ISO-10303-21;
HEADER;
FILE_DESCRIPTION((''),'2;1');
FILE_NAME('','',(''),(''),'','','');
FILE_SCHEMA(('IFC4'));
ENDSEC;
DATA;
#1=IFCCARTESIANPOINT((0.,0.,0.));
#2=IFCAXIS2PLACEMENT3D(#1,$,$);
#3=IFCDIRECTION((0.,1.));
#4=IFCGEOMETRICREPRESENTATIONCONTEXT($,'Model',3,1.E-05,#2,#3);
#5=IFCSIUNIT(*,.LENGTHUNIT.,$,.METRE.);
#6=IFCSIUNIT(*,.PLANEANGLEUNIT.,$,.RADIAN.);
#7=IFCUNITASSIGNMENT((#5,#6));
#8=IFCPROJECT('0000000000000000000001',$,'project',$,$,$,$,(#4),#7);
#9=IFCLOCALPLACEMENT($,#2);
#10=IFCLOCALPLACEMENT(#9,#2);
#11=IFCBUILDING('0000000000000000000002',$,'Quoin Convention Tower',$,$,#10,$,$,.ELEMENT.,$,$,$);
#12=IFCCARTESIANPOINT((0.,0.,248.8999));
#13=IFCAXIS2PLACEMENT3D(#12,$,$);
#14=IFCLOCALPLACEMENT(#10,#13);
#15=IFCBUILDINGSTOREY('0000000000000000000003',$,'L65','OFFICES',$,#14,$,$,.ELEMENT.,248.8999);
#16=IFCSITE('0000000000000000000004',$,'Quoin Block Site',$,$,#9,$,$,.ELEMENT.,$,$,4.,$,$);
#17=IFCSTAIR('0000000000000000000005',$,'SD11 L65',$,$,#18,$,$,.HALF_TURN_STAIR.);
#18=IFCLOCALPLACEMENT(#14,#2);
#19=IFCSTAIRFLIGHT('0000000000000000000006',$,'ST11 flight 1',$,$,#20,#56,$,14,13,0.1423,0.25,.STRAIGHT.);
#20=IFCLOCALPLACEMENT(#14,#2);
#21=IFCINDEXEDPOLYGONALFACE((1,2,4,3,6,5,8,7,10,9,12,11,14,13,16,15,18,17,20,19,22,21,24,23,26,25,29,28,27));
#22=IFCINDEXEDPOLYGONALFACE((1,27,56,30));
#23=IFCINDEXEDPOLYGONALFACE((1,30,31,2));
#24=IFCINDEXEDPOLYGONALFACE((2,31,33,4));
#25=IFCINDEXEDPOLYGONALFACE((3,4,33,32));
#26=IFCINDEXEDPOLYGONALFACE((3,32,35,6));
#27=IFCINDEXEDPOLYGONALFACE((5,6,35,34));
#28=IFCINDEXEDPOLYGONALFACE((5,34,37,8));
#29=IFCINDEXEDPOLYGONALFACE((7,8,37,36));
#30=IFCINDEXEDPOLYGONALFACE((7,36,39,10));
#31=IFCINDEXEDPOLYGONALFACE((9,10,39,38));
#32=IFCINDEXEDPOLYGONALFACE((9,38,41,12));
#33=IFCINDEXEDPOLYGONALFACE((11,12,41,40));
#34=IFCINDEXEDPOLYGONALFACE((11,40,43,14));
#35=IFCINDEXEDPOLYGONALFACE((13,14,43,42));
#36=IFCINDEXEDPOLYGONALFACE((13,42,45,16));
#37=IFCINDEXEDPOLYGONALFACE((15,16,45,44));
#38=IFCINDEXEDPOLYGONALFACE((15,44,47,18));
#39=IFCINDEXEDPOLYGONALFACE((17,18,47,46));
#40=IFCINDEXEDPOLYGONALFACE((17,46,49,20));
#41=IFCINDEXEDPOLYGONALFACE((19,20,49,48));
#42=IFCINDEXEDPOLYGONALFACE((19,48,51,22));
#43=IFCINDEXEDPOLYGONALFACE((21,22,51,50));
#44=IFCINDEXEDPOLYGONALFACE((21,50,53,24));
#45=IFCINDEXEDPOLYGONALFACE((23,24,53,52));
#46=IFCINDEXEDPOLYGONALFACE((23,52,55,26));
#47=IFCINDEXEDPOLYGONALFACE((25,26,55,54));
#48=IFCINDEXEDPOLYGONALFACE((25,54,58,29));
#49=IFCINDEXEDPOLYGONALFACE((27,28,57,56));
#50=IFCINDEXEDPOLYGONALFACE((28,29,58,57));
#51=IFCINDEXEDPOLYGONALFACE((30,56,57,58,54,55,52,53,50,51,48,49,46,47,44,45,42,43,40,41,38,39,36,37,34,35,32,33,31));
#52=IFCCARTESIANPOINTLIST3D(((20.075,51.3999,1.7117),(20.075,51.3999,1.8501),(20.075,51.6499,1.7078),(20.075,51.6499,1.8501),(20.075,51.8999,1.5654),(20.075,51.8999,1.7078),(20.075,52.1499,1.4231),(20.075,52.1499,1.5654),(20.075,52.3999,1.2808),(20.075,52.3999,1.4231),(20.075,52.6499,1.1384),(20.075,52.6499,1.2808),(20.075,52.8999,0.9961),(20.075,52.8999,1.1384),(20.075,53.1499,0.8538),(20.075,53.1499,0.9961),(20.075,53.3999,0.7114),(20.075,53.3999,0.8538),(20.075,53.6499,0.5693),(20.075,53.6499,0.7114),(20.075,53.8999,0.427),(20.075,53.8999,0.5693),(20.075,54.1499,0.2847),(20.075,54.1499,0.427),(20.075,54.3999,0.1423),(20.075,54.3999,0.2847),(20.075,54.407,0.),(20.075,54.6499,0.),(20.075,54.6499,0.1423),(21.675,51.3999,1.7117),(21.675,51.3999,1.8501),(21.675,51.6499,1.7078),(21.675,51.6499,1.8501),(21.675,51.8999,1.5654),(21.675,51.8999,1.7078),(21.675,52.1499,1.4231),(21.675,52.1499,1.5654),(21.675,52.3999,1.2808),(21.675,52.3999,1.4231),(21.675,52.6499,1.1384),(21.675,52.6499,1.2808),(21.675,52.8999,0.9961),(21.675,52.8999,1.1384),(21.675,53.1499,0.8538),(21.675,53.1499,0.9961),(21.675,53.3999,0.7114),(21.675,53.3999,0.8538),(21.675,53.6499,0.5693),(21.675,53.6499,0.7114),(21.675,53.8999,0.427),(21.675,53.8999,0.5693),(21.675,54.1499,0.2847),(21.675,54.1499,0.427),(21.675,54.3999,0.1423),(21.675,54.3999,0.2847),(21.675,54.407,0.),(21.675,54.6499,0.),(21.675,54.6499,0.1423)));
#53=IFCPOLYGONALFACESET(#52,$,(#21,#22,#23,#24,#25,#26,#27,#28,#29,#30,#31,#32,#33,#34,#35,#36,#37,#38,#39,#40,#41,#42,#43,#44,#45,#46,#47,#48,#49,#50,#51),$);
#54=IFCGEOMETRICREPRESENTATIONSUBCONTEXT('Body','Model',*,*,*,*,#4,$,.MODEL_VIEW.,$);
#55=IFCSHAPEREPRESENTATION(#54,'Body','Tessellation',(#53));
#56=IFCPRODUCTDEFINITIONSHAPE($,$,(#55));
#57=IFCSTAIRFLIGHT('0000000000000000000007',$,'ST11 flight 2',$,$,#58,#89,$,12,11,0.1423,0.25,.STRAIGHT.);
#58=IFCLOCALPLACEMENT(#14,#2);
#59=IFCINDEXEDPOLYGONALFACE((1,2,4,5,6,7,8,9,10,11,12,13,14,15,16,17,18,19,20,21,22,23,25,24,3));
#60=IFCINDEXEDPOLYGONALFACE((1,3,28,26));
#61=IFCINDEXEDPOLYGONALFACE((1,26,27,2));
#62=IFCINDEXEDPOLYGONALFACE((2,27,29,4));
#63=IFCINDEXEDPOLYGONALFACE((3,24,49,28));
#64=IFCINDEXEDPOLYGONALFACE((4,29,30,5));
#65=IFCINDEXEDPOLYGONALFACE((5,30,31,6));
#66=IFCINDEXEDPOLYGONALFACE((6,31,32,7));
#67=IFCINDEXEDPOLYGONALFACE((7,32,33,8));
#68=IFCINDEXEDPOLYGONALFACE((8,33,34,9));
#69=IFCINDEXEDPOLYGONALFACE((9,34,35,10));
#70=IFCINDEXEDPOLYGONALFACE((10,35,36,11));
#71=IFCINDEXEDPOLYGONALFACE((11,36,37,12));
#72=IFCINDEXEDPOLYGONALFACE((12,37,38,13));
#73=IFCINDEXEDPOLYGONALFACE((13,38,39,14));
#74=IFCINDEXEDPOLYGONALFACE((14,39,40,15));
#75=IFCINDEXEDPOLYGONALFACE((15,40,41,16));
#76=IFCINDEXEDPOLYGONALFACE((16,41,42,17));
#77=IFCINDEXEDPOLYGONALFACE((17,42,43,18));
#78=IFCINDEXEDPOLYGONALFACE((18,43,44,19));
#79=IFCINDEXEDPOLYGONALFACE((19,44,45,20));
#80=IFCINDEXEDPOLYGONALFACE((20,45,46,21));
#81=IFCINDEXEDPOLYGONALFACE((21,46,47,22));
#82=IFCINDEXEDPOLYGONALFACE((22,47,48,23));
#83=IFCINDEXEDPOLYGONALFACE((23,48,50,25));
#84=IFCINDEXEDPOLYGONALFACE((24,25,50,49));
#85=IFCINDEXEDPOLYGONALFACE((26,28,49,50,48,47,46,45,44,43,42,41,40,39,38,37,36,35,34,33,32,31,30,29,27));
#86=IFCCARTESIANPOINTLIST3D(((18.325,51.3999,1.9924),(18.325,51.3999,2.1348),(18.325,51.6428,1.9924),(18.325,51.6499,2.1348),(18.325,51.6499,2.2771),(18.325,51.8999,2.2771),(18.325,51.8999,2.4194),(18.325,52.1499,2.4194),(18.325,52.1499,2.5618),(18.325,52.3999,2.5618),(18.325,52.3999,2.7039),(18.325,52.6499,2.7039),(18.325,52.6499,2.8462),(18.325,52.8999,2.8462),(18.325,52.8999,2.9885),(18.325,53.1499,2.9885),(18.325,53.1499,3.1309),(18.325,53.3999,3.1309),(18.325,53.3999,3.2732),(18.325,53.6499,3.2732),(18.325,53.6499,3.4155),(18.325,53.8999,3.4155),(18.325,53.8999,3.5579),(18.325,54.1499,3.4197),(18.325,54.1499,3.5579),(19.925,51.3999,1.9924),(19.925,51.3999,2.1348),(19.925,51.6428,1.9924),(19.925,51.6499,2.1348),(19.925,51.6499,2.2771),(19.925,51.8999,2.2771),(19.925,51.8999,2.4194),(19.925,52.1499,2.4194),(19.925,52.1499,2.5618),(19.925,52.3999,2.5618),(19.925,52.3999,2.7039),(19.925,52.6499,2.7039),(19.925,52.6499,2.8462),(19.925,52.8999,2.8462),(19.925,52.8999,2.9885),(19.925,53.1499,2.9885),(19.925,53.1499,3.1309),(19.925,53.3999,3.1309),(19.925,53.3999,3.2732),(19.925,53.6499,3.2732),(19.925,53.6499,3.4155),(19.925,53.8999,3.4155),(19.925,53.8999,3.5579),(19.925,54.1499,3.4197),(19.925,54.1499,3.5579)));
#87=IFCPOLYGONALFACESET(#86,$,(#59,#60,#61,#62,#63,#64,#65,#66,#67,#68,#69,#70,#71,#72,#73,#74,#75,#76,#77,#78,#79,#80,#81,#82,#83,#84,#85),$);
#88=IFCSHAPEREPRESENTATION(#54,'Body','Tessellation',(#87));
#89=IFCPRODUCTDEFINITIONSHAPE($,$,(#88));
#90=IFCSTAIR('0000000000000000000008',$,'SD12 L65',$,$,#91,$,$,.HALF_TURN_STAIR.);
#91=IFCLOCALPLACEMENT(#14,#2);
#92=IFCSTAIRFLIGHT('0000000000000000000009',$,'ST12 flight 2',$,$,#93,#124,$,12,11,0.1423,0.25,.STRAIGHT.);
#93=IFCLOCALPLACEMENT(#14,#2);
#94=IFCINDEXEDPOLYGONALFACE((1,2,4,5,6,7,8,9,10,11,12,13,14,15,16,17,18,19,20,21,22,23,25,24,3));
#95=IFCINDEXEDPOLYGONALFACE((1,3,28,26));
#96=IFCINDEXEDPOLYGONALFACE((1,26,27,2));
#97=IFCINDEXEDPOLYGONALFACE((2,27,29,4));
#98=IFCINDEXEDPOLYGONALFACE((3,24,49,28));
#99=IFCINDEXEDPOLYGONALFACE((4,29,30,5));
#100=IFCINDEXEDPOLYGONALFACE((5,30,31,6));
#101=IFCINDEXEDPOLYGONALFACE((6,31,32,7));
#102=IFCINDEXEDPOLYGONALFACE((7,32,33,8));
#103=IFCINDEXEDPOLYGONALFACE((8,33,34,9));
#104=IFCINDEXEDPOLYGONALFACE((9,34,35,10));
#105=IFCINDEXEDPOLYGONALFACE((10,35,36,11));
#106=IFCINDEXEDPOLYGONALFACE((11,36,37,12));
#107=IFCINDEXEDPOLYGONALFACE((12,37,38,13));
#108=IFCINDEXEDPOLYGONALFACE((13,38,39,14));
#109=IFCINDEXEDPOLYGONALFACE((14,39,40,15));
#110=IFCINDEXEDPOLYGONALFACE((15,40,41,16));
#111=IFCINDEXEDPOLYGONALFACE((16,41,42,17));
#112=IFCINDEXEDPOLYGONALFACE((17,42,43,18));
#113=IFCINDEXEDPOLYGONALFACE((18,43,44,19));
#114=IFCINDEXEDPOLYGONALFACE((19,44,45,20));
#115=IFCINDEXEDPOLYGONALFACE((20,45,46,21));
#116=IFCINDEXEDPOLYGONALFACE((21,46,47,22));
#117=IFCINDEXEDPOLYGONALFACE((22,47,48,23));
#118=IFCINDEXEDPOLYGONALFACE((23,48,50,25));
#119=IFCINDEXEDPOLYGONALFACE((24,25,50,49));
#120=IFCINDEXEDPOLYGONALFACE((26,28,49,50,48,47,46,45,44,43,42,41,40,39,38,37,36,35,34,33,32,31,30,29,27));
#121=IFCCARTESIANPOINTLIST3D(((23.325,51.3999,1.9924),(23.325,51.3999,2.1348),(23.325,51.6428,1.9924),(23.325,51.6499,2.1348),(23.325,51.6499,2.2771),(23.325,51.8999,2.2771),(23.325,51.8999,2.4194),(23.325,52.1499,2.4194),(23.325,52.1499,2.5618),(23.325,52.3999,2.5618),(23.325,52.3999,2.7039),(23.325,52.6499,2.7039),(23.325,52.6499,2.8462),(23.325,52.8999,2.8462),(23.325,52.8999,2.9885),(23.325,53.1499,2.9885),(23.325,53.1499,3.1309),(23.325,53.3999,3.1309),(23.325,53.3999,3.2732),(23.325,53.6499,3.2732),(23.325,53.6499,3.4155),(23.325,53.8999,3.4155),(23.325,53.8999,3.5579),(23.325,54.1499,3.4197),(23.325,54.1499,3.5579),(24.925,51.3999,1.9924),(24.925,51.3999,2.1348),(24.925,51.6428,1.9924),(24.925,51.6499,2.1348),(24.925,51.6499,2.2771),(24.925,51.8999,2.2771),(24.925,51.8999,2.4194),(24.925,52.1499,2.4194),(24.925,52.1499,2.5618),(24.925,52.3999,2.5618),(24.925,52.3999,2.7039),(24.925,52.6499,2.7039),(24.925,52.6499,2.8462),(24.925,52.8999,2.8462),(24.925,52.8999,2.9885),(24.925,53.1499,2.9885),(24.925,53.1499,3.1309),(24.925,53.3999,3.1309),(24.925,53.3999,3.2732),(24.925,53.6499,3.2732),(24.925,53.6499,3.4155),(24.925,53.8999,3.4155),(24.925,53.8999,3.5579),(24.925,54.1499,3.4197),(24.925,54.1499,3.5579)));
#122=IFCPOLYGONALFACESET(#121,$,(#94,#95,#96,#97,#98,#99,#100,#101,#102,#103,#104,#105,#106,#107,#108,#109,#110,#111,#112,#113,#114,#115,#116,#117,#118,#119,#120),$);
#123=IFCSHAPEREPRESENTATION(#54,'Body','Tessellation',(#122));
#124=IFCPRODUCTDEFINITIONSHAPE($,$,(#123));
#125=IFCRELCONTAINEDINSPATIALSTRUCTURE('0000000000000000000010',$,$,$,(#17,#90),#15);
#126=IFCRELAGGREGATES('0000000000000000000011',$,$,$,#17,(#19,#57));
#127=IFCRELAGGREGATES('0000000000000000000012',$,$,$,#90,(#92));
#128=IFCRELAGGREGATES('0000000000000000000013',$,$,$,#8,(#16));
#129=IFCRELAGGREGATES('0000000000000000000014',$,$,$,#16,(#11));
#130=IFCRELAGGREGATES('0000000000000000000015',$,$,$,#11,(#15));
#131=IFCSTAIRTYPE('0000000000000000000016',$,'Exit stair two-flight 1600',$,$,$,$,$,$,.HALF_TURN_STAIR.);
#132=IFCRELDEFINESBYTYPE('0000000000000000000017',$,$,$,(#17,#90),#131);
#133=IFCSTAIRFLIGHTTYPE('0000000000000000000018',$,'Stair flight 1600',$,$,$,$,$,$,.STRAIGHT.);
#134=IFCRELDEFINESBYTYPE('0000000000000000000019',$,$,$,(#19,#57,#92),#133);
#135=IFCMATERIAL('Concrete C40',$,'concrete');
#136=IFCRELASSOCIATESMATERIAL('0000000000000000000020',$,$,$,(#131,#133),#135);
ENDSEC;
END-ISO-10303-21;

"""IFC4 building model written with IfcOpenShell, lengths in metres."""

from ifc_helpers import new_model, si_unit, direction, frame, origin, place, context, subcontext, project, spatial, polyline, outline, extrude, material, type_object, element, aggregate, save


model = new_model("IFC4")

# Units and contexts
model_context = context("Model", 3, precision=1e-05, world=origin(), true_north=direction((0.0, 1.0)))
body_context = subcontext(model_context, "Body", "Model", "MODEL_VIEW")
ifc_project = project(units=[si_unit("LENGTHUNIT", "METRE"), si_unit("PLANEANGLEUNIT", "RADIAN")], contexts=[model_context])

# Site, building, storey
site_placement = place(None, origin())
site = spatial("IfcSite", under=ifc_project, at=site_placement, Name="Quoin Block Site", CompositionType="ELEMENT", RefElevation=4.0)
building_placement = place(site_placement, origin())
building = spatial("IfcBuilding", under=site, at=building_placement, Name="Quoin Convention Tower", CompositionType="ELEMENT")
storey_placement = place(building_placement, frame((0.0, 0.0, 248.8999)))
storey = spatial("IfcBuildingStorey", under=building, at=storey_placement, Name="L65", Description="OFFICES", CompositionType="ELEMENT", Elevation=248.8999)

# Stair, stair flights
ifc_material_1 = material(Name="Concrete C40", Category="concrete")
stair_type = type_object("IfcStairType", Name="Exit stair two-flight 1600", PredefinedType="HALF_TURN_STAIR", material=ifc_material_1)
stair_1_placement = place(storey_placement, origin())
stair_1 = element("IfcStair", 1, at=stair_1_placement, inside=storey, type_object=stair_type, Name="SD11 L65", PredefinedType="HALF_TURN_STAIR")
stair_flight_type = type_object("IfcStairFlightType", Name="Stair flight 1600", PredefinedType="STRAIGHT", material=ifc_material_1)
stair_flight_1_placement = place(storey_placement, frame((20.875, 54.6499, 0.0), z_axis=(0.0, 0.0, 1.0), x_axis=(0.0, -1.0, 0.0)))
stair_flight_1 = element("IfcStairFlight", 2, at=stair_flight_1_placement, type_object=stair_flight_type, Name="ST11 flight 1", NumberOfRisers=14, NumberOfTreads=13, PredefinedType="STRAIGHT", RiserHeight=0.1423, TreadLength=0.25, context=body_context, shape_type="SweptSolid", body=[
    extrude(outline(polyline([(0.0, 0.0), (0.0, 0.1423), (0.25, 0.1423), (0.25, 0.2847), (0.5, 0.2847), (0.5, 0.427), (0.75, 0.427), (0.75, 0.5693), (1.0, 0.5693), (1.0, 0.7114), (1.25, 0.7114), (1.25, 0.8538), (1.5, 0.8538), (1.5, 0.9961), (1.75, 0.9961), (1.75, 1.1384), (2.0, 1.1384), (2.0, 1.2808), (2.25, 1.2808), (2.25, 1.4231), (2.5, 1.4231), (2.5, 1.5654), (2.75, 1.5654), (2.75, 1.7078), (3.0, 1.7078), (3.0, 1.8501), (3.25, 1.8501), (3.25, 1.9922), (3.25, 1.7117), (0.2429, 0.0), (0.0, 0.0)])), frame((0.0, 0.8, 0.0), z_axis=(0.0, -1.0, 0.0), x_axis=(1.0, 0.0, 0.0)), (0.0, 0.0, 1.0), 1.6001),
])
stair_flight_2_placement = place(storey_placement, frame((19.125, 51.3999, 1.9924), z_axis=(0.0, 0.0, 1.0), x_axis=(0.0, 1.0, 0.0)))
stair_flight_2 = element("IfcStairFlight", 3, at=stair_flight_2_placement, type_object=stair_flight_type, Name="ST11 flight 2", NumberOfRisers=12, NumberOfTreads=11, PredefinedType="STRAIGHT", RiserHeight=0.1423, TreadLength=0.25, context=body_context, shape_type="SweptSolid", body=[
    extrude(outline(polyline([(0.0, 0.0), (0.0, 0.1423), (0.25, 0.1423), (0.25, 0.2847), (0.5, 0.2847), (0.5, 0.427), (0.75, 0.427), (0.75, 0.5693), (1.0, 0.5693), (1.0, 0.7114), (1.25, 0.7114), (1.25, 0.8538), (1.5, 0.8538), (1.5, 0.9961), (1.75, 0.9961), (1.75, 1.1384), (2.0, 1.1384), (2.0, 1.2808), (2.25, 1.2808), (2.25, 1.4231), (2.5, 1.4231), (2.5, 1.5654), (2.75, 1.5654), (2.75, 1.7078), (2.75, 1.4272), (0.2429, 0.0), (0.0, 0.0)])), frame((0.0, 0.8, 0.0), z_axis=(0.0, -1.0, 0.0), x_axis=(1.0, 0.0, 0.0)), (0.0, 0.0, 1.0), 1.6001),
])
aggregate(stair_1, [stair_flight_1, stair_flight_2])

# Stair, stair flight
stair_2_placement = place(storey_placement, origin())
stair_2 = element("IfcStair", 4, at=stair_2_placement, inside=storey, type_object=stair_type, Name="SD12 L65", PredefinedType="HALF_TURN_STAIR")
stair_flight_3_placement = place(storey_placement, frame((24.125, 51.3999, 1.9924), z_axis=(0.0, 0.0, 1.0), x_axis=(0.0, 1.0, 0.0)))
stair_flight_3 = element("IfcStairFlight", 5, at=stair_flight_3_placement, type_object=stair_flight_type, Name="ST12 flight 2", NumberOfRisers=12, NumberOfTreads=11, PredefinedType="STRAIGHT", RiserHeight=0.1423, TreadLength=0.25, context=body_context, shape_type="SweptSolid", body=[
    extrude(outline(polyline([(0.0, 0.0), (0.0, 0.1423), (0.25, 0.1423), (0.25, 0.2847), (0.5, 0.2847), (0.5, 0.427), (0.75, 0.427), (0.75, 0.5693), (1.0, 0.5693), (1.0, 0.7114), (1.25, 0.7114), (1.25, 0.8538), (1.5, 0.8538), (1.5, 0.9961), (1.75, 0.9961), (1.75, 1.1384), (2.0, 1.1384), (2.0, 1.2808), (2.25, 1.2808), (2.25, 1.4231), (2.5, 1.4231), (2.5, 1.5654), (2.75, 1.5654), (2.75, 1.7078), (2.75, 1.4272), (0.2429, 0.0), (0.0, 0.0)])), frame((0.0, 0.8, 0.0), z_axis=(0.0, -1.0, 0.0), x_axis=(1.0, 0.0, 0.0)), (0.0, 0.0, 1.0), 1.6001),
])
aggregate(stair_2, [stair_flight_3])

save(model, "model.ifc")
